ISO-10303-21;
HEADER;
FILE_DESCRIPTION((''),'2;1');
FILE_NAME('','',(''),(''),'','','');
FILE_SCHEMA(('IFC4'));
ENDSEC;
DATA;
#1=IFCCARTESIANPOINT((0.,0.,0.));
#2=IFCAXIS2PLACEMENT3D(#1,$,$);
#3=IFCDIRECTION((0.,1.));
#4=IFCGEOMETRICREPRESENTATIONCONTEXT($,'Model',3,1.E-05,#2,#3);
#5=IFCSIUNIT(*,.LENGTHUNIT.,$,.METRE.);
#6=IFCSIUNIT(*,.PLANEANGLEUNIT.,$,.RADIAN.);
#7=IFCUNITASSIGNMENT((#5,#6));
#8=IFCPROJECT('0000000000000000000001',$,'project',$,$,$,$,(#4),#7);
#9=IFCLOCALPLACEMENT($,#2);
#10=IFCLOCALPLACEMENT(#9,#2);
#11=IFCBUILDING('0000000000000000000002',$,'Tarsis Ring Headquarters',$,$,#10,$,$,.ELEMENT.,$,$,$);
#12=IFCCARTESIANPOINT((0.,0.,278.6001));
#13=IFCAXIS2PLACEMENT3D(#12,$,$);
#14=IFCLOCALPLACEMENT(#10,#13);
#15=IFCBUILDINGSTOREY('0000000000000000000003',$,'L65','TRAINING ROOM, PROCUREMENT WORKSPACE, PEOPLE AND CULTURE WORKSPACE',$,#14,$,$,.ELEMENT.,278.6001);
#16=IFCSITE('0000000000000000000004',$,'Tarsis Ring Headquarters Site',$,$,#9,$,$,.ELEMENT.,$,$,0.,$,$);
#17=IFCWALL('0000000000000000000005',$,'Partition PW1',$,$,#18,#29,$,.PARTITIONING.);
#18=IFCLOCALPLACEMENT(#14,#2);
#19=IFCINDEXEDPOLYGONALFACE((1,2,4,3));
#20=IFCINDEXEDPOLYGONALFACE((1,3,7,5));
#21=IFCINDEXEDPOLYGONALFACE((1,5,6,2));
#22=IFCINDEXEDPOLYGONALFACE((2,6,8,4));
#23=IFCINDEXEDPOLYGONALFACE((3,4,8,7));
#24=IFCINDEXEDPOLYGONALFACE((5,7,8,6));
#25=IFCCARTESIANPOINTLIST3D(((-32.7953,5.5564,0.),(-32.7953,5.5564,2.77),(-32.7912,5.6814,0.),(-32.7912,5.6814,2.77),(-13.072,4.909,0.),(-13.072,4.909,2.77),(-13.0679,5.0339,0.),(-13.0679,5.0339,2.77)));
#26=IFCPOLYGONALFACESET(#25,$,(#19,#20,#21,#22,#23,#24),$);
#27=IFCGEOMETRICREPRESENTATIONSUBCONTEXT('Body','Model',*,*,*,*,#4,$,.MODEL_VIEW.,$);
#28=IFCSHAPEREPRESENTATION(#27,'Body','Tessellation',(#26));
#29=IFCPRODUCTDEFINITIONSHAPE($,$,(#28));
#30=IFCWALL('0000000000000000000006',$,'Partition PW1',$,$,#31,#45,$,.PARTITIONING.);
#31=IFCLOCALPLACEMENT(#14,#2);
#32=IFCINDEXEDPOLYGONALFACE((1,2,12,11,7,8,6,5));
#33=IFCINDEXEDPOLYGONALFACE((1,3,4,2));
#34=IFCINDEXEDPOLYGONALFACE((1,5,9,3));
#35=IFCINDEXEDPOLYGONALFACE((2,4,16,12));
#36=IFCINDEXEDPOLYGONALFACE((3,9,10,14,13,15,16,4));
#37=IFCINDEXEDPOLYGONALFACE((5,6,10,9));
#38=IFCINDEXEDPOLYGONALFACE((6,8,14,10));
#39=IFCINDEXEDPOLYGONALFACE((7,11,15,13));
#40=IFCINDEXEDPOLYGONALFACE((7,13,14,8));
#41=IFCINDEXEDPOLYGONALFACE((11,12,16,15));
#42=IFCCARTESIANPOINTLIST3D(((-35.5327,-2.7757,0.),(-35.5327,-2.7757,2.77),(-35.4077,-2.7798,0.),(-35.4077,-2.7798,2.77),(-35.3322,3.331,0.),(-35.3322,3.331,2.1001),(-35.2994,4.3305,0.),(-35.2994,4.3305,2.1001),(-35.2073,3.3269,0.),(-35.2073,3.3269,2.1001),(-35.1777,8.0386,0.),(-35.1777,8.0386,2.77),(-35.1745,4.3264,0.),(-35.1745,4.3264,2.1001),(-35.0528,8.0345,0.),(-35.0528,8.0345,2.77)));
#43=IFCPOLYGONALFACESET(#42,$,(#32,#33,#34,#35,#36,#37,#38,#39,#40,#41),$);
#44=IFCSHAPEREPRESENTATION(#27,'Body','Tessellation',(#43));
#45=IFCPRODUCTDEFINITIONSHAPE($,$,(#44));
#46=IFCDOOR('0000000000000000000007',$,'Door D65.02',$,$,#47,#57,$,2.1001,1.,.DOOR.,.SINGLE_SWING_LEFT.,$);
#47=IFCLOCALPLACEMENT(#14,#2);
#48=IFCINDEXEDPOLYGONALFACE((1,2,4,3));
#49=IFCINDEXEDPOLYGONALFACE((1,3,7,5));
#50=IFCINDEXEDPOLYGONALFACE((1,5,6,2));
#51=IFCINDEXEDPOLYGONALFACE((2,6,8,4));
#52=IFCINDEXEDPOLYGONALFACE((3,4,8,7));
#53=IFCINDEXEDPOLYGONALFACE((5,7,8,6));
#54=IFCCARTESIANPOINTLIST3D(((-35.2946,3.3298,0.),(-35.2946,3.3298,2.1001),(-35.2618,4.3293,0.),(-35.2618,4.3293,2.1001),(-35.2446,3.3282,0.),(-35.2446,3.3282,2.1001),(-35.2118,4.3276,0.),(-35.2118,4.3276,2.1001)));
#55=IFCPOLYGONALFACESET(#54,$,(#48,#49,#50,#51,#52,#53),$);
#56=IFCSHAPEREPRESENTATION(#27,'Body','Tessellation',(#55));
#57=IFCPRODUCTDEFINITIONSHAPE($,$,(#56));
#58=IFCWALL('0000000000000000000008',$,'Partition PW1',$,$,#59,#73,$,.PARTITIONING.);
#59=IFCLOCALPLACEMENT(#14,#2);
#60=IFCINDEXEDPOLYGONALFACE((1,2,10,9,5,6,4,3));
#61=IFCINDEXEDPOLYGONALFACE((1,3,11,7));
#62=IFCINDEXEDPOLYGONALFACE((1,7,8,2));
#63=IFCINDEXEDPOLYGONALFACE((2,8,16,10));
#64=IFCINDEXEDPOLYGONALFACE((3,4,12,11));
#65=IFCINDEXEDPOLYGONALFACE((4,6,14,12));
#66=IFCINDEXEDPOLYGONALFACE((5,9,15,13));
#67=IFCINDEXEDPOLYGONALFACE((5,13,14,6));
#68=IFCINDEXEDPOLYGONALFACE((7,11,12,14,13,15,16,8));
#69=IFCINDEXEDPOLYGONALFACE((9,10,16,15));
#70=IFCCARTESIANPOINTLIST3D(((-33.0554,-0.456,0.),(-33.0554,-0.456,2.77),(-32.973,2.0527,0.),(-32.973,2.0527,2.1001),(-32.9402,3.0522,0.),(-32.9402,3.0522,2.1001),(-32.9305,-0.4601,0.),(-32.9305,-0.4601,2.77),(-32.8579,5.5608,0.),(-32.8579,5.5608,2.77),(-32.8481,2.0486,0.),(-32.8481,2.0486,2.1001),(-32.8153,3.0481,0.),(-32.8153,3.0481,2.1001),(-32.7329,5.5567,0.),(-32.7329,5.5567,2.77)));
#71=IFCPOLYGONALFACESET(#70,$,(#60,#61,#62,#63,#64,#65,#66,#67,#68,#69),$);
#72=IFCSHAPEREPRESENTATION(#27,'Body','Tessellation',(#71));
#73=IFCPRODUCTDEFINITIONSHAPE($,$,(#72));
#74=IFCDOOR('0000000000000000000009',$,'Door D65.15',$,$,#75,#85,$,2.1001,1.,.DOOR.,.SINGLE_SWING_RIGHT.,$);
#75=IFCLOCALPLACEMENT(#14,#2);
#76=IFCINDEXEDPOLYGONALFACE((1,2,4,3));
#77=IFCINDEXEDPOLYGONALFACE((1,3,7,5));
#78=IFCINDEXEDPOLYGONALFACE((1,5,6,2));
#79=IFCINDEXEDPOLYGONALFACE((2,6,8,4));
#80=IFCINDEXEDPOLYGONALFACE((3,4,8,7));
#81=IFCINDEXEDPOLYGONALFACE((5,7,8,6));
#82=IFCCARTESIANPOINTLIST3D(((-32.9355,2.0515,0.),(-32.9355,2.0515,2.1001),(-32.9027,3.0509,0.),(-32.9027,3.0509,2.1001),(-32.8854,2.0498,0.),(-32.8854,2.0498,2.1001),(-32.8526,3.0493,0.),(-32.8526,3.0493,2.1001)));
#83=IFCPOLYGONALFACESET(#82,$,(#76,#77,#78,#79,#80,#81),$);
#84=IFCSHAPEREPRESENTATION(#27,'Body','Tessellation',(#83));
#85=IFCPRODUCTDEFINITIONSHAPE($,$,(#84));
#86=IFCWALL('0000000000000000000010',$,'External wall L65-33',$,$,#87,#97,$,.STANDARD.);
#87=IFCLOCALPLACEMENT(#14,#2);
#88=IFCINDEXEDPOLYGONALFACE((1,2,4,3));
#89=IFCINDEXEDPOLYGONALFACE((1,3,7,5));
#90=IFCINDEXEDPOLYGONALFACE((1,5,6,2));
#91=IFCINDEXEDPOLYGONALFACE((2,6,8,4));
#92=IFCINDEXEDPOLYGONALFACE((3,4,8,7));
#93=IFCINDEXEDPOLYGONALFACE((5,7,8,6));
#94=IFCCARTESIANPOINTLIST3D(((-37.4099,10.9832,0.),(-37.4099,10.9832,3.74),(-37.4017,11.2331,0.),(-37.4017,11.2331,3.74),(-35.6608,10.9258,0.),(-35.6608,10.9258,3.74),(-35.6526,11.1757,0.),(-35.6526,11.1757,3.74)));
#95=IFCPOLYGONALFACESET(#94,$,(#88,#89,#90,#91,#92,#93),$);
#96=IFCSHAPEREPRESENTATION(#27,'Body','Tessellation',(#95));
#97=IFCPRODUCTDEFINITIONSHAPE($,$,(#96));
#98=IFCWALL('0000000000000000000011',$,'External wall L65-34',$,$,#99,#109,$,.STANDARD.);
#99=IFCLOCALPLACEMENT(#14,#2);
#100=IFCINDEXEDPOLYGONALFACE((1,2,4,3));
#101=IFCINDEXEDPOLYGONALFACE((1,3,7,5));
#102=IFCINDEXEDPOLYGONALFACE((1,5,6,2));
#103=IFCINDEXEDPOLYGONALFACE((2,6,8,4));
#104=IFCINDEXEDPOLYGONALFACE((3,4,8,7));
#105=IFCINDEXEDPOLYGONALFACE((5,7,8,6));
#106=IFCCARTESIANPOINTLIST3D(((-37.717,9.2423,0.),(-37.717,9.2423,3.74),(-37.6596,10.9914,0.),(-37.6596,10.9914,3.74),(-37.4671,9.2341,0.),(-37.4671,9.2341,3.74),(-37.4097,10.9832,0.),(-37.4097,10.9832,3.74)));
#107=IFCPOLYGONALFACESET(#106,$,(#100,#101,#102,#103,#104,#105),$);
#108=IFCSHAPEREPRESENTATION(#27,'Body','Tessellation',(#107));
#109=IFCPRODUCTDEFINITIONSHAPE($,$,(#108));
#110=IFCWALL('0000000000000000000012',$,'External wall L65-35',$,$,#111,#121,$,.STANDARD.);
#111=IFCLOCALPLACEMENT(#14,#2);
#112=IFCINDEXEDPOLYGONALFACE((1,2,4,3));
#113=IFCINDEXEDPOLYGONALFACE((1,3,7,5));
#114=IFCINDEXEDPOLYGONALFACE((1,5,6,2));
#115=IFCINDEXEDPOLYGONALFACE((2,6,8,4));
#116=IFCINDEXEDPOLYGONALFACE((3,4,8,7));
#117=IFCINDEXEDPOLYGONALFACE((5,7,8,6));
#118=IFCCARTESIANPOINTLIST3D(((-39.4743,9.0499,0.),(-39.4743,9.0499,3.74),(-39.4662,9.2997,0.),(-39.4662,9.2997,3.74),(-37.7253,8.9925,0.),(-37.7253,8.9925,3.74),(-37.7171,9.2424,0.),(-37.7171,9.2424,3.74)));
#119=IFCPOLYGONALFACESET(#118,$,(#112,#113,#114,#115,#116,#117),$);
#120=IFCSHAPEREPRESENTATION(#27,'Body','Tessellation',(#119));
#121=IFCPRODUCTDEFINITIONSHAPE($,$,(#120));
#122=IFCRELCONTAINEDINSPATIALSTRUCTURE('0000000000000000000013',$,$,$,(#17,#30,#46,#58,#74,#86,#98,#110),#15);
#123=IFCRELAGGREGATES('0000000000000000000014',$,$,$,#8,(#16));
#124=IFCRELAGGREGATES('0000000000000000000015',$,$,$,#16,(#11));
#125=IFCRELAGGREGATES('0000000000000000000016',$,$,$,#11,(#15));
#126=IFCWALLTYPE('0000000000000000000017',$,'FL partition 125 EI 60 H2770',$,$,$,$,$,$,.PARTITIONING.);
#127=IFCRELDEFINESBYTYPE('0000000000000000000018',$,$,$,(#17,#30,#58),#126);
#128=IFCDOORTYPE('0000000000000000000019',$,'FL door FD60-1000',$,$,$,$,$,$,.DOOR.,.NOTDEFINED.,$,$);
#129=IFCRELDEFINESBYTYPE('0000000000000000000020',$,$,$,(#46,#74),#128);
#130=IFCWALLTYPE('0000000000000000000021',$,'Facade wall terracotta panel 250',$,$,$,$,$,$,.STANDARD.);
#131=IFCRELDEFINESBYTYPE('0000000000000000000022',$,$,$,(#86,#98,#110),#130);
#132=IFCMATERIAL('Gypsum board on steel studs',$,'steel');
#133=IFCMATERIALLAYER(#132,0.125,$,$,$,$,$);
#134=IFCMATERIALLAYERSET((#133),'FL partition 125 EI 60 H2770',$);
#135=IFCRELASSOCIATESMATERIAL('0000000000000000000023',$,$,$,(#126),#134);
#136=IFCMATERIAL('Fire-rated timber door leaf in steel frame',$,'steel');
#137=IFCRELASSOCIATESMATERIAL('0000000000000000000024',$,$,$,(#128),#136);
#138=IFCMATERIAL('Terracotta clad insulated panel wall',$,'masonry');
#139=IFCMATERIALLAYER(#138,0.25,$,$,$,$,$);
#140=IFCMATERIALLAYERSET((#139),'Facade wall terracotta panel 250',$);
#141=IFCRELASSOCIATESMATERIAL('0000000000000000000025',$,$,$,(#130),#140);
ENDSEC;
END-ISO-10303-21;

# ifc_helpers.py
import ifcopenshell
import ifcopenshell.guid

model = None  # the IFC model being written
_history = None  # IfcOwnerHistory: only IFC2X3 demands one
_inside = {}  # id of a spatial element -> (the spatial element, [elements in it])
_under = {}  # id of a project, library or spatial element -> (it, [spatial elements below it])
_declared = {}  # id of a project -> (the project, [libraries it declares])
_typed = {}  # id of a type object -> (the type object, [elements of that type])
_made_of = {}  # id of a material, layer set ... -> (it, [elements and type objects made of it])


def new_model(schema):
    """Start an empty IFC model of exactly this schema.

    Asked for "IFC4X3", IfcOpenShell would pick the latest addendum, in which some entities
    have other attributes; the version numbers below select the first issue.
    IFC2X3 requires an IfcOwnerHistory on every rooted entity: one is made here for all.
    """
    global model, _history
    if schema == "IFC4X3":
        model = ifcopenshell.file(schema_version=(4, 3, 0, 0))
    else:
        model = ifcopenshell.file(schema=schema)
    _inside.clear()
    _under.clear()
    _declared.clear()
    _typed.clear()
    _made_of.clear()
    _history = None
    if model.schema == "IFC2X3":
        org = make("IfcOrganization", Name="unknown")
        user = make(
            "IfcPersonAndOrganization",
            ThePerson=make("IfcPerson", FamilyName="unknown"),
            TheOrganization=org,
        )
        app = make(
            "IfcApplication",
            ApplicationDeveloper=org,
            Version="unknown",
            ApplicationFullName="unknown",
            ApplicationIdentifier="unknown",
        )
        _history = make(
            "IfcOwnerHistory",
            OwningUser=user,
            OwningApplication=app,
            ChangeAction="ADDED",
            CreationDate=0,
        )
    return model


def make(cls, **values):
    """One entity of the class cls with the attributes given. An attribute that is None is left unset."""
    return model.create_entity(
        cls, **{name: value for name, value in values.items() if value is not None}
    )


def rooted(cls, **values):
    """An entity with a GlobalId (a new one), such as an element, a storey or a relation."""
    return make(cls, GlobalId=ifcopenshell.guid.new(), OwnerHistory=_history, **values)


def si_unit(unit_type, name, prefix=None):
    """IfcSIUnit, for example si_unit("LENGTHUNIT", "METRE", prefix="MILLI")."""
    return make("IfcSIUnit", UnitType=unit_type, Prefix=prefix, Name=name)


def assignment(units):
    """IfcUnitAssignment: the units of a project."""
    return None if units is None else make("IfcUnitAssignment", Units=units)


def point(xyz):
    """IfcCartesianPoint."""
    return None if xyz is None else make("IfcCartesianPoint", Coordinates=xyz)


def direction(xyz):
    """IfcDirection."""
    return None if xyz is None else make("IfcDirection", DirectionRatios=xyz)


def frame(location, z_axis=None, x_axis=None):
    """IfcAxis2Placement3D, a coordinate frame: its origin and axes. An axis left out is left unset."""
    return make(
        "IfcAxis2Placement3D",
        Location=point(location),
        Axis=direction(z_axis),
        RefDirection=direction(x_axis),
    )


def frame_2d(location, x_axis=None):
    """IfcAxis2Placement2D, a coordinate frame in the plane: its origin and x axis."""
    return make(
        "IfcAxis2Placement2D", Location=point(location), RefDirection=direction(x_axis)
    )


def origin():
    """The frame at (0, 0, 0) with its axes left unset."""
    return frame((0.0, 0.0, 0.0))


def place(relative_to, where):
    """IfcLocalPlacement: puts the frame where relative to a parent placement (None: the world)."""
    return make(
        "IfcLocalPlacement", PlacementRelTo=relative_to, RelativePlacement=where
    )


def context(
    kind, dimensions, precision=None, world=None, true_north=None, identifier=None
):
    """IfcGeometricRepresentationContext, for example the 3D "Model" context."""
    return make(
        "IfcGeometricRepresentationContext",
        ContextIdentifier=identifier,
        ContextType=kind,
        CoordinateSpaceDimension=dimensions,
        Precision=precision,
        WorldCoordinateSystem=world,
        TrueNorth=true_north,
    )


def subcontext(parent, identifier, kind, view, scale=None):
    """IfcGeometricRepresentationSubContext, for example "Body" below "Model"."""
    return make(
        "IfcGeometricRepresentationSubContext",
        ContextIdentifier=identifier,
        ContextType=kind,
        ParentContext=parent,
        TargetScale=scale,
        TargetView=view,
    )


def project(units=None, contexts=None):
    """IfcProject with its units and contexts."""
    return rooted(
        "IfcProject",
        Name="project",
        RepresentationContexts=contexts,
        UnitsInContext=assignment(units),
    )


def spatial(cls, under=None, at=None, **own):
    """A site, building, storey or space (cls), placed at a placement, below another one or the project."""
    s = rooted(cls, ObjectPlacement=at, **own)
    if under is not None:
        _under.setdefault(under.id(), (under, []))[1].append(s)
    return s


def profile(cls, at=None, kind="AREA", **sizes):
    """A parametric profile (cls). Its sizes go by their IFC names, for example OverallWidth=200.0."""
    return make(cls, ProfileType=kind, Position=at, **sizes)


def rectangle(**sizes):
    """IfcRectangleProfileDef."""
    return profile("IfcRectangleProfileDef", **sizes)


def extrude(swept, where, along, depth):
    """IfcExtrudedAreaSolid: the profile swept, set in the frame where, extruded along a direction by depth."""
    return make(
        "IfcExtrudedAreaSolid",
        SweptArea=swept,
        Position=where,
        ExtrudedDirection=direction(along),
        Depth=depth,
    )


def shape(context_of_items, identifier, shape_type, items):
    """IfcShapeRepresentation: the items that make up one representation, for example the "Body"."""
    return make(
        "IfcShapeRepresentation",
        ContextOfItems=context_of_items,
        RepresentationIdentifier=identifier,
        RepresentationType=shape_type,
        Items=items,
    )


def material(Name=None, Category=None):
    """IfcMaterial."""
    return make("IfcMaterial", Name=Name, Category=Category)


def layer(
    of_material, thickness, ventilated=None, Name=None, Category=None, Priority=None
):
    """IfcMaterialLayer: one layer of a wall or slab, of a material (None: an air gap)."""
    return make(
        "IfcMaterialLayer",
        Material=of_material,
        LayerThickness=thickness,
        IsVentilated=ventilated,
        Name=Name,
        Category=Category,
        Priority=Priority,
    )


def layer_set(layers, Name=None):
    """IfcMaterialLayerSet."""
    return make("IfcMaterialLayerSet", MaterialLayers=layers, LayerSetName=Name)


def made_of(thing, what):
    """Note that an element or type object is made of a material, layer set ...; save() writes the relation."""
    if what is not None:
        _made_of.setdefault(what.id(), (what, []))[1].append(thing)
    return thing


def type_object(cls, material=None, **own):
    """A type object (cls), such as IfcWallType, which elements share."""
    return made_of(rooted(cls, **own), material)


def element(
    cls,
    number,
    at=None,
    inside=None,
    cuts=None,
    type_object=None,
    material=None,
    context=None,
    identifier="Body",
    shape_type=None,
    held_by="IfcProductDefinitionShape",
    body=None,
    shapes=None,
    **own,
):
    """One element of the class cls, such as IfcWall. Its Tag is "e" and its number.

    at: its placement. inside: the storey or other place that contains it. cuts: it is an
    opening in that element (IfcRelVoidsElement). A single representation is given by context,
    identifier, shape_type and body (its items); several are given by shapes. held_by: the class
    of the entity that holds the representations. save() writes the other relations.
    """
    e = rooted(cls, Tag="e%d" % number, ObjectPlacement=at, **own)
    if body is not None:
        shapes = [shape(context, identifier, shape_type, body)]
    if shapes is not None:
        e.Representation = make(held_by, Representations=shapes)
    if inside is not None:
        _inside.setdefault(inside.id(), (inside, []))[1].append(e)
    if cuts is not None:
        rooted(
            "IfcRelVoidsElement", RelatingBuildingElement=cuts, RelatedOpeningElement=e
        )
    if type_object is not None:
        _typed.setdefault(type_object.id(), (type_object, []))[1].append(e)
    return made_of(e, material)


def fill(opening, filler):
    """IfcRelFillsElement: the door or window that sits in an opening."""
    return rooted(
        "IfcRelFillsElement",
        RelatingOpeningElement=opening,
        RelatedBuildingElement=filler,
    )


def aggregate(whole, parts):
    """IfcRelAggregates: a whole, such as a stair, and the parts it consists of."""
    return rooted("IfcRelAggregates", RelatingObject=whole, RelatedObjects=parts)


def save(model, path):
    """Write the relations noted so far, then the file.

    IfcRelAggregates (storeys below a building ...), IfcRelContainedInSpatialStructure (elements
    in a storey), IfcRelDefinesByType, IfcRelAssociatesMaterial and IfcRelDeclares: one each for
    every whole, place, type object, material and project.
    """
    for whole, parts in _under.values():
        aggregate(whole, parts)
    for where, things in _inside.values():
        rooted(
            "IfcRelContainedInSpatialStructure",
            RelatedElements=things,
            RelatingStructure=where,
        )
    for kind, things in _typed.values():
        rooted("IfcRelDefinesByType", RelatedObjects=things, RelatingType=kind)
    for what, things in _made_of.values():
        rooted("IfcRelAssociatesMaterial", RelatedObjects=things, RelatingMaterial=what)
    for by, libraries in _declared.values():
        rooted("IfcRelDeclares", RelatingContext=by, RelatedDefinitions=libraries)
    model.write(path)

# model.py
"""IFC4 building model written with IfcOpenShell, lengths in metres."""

from ifc_helpers import new_model, si_unit, direction, frame, frame_2d, origin, place, context, subcontext, project, spatial, rectangle, extrude, material, layer, layer_set, type_object, element, fill, save


model = new_model("IFC4")

# Units and contexts
model_context = context("Model", 3, precision=1e-05, world=origin(), true_north=direction((0.0, 1.0)))
body_context = subcontext(model_context, "Body", "Model", "MODEL_VIEW")
ifc_project = project(units=[si_unit("LENGTHUNIT", "METRE"), si_unit("PLANEANGLEUNIT", "RADIAN")], contexts=[model_context])

# Site, building, storey
site_placement = place(None, origin())
site = spatial("IfcSite", under=ifc_project, at=site_placement, Name="Tarsis Ring Headquarters Site", CompositionType="ELEMENT", RefElevation=0.0)
building_placement = place(site_placement, origin())
building = spatial("IfcBuilding", under=site, at=building_placement, Name="Tarsis Ring Headquarters", CompositionType="ELEMENT")
storey_placement = place(building_placement, frame((0.0, 0.0, 278.6001)))
storey = spatial("IfcBuildingStorey", under=building, at=storey_placement, Name="L65", Description="TRAINING ROOM, PROCUREMENT WORKSPACE, PEOPLE AND CULTURE WORKSPACE", CompositionType="ELEMENT", Elevation=278.6001)

# Shared definitions
ifc_material_1 = material(Name="Gypsum board on steel studs", Category="steel")

# Shared definitions
ifc_layer_1 = layer(ifc_material_1, 0.125)
ifc_layer_set_1 = layer_set([ifc_layer_1], Name="FL partition 125 EI 60 H2770")
wall_type_1 = type_object("IfcWallType", Name="FL partition 125 EI 60 H2770", PredefinedType="PARTITIONING", material=ifc_layer_set_1)
ifc_material_2 = material(Name="Fire-rated timber door leaf in steel frame", Category="steel")

# Wall
wall_1_placement = place(storey_placement, frame((-32.7932, 5.6189, 0.0), z_axis=(0.0, 0.0, 1.0), x_axis=(0.999462, -0.03281, 0.0)))
element("IfcWall", 1, at=wall_1_placement, inside=storey, type_object=wall_type_1, Name="Partition PW1", PredefinedType="PARTITIONING", context=body_context, shape_type="SweptSolid", body=[
    extrude(rectangle(XDim=19.7339, YDim=0.125, at=frame_2d((9.8669, 0.0))), origin(), (0.0, 0.0, 1.0), 2.77),
])

# Walls, openings, doors
wall_2_placement = place(storey_placement, frame((-35.4702, -2.7778, 0.0), z_axis=(0.0, 0.0, 1.0), x_axis=(0.032808, 0.999462, 0.0)))
wall_2 = element("IfcWall", 2, at=wall_2_placement, inside=storey, type_object=wall_type_1, Name="Partition PW1", PredefinedType="PARTITIONING", context=body_context, shape_type="SweptSolid", body=[
    extrude(rectangle(XDim=10.8201, YDim=0.125, at=frame_2d((5.4102, 0.0))), origin(), (0.0, 0.0, 1.0), 2.77),
])
opening_1_placement = place(wall_2_placement, frame((6.1101, 0.0, 0.0)))
opening_1 = element("IfcOpeningElement", 3, at=opening_1_placement, cuts=wall_2, PredefinedType="OPENING", context=body_context, shape_type="SweptSolid", body=[
    extrude(rectangle(XDim=1.0, YDim=2.1001, at=frame_2d((0.5, 1.05))), frame((0.0, 0.0725, 0.0), z_axis=(0.0, -1.0, 0.0), x_axis=(1.0, 0.0, 0.0)), (0.0, 0.0, 1.0), 0.145),
])
door_type_1 = type_object("IfcDoorType", Name="FL door FD60-1000", OperationType="NOTDEFINED", PredefinedType="DOOR", material=ifc_material_2)
door_1_placement = place(opening_1_placement, origin())
door_1 = element("IfcDoor", 4, at=door_1_placement, inside=storey, type_object=door_type_1, Name="Door D65.02", OperationType="SINGLE_SWING_LEFT", OverallHeight=2.1001, OverallWidth=1.0, PredefinedType="DOOR", context=body_context, shape_type="SweptSolid", body=[
    extrude(rectangle(XDim=1.0, YDim=2.1001, at=frame_2d((0.5, 1.05))), frame((0.0, 0.0249, 0.0), z_axis=(0.0, -1.0, 0.0), x_axis=(1.0, 0.0, 0.0)), (0.0, 0.0, 1.0), 0.05),
])
fill(opening_1, door_1)
wall_3_placement = place(storey_placement, frame((-32.9929, -0.458, 0.0), z_axis=(0.0, 0.0, 1.0), x_axis=(0.032808, 0.999462, 0.0)))
wall_3 = element("IfcWall", 5, at=wall_3_placement, inside=storey, type_object=wall_type_1, Name="Partition PW1", PredefinedType="PARTITIONING", context=body_context, shape_type="SweptSolid", body=[
    extrude(rectangle(XDim=6.02, YDim=0.125, at=frame_2d((3.01, 0.0))), origin(), (0.0, 0.0, 1.0), 2.77),
])
opening_2_placement = place(wall_3_placement, frame((2.51, 0.0, 0.0)))
opening_2 = element("IfcOpeningElement", 6, at=opening_2_placement, cuts=wall_3, PredefinedType="OPENING", context=body_context, shape_type="SweptSolid", body=[
    extrude(rectangle(XDim=1.0, YDim=2.1001, at=frame_2d((0.5, 1.05))), frame((0.0, 0.0725, 0.0), z_axis=(0.0, -1.0, 0.0), x_axis=(1.0, 0.0, 0.0)), (0.0, 0.0, 1.0), 0.145),
])
door_2_placement = place(opening_2_placement, origin())
door_2 = element("IfcDoor", 7, at=door_2_placement, inside=storey, type_object=door_type_1, Name="Door D65.15", OperationType="SINGLE_SWING_RIGHT", OverallHeight=2.1001, OverallWidth=1.0, PredefinedType="DOOR", context=body_context, shape_type="SweptSolid", body=[
    extrude(rectangle(XDim=1.0, YDim=2.1001, at=frame_2d((0.5, 1.05))), frame((0.0, 0.0249, 0.0), z_axis=(0.0, -1.0, 0.0), x_axis=(1.0, 0.0, 0.0)), (0.0, 0.0, 1.0), 0.05),
])
fill(opening_2, door_2)

# Walls
ifc_material_3 = material(Name="Terracotta clad insulated panel wall", Category="masonry")
ifc_layer_2 = layer(ifc_material_3, 0.25)
ifc_layer_set_2 = layer_set([ifc_layer_2], Name="Facade wall terracotta panel 250")
wall_type_2 = type_object("IfcWallType", Name="Facade wall terracotta panel 250", PredefinedType="STANDARD", material=ifc_layer_set_2)
for number, where, z_axis, x_axis, name in (
    (8, (-35.6567, 11.0508, 0.0), (0.0, 0.0, 1.0), (-0.999462, 0.032785, 0.0), "External wall L65-33"),
    (9, (-37.5347, 10.9873, 0.0), (0.0, 0.0, 1.0), (-0.032785, -0.999462, 0.0), "External wall L65-34"),
    (10, (-37.7212, 9.1174, 0.0), (0.0, 0.0, 1.0), (-0.999462, 0.032785, 0.0), "External wall L65-35"),
):
    element("IfcWall", number, at=place(storey_placement, frame(where, z_axis=z_axis, x_axis=x_axis)), inside=storey, type_object=wall_type_2, Name=name, PredefinedType="STANDARD", context=body_context, shape_type="SweptSolid", body=[
        extrude(rectangle(XDim=1.75, YDim=0.25, at=frame_2d((0.875, 0.0))), origin(), (0.0, 0.0, 1.0), 3.74),
    ])

save(model, "model.ifc")
